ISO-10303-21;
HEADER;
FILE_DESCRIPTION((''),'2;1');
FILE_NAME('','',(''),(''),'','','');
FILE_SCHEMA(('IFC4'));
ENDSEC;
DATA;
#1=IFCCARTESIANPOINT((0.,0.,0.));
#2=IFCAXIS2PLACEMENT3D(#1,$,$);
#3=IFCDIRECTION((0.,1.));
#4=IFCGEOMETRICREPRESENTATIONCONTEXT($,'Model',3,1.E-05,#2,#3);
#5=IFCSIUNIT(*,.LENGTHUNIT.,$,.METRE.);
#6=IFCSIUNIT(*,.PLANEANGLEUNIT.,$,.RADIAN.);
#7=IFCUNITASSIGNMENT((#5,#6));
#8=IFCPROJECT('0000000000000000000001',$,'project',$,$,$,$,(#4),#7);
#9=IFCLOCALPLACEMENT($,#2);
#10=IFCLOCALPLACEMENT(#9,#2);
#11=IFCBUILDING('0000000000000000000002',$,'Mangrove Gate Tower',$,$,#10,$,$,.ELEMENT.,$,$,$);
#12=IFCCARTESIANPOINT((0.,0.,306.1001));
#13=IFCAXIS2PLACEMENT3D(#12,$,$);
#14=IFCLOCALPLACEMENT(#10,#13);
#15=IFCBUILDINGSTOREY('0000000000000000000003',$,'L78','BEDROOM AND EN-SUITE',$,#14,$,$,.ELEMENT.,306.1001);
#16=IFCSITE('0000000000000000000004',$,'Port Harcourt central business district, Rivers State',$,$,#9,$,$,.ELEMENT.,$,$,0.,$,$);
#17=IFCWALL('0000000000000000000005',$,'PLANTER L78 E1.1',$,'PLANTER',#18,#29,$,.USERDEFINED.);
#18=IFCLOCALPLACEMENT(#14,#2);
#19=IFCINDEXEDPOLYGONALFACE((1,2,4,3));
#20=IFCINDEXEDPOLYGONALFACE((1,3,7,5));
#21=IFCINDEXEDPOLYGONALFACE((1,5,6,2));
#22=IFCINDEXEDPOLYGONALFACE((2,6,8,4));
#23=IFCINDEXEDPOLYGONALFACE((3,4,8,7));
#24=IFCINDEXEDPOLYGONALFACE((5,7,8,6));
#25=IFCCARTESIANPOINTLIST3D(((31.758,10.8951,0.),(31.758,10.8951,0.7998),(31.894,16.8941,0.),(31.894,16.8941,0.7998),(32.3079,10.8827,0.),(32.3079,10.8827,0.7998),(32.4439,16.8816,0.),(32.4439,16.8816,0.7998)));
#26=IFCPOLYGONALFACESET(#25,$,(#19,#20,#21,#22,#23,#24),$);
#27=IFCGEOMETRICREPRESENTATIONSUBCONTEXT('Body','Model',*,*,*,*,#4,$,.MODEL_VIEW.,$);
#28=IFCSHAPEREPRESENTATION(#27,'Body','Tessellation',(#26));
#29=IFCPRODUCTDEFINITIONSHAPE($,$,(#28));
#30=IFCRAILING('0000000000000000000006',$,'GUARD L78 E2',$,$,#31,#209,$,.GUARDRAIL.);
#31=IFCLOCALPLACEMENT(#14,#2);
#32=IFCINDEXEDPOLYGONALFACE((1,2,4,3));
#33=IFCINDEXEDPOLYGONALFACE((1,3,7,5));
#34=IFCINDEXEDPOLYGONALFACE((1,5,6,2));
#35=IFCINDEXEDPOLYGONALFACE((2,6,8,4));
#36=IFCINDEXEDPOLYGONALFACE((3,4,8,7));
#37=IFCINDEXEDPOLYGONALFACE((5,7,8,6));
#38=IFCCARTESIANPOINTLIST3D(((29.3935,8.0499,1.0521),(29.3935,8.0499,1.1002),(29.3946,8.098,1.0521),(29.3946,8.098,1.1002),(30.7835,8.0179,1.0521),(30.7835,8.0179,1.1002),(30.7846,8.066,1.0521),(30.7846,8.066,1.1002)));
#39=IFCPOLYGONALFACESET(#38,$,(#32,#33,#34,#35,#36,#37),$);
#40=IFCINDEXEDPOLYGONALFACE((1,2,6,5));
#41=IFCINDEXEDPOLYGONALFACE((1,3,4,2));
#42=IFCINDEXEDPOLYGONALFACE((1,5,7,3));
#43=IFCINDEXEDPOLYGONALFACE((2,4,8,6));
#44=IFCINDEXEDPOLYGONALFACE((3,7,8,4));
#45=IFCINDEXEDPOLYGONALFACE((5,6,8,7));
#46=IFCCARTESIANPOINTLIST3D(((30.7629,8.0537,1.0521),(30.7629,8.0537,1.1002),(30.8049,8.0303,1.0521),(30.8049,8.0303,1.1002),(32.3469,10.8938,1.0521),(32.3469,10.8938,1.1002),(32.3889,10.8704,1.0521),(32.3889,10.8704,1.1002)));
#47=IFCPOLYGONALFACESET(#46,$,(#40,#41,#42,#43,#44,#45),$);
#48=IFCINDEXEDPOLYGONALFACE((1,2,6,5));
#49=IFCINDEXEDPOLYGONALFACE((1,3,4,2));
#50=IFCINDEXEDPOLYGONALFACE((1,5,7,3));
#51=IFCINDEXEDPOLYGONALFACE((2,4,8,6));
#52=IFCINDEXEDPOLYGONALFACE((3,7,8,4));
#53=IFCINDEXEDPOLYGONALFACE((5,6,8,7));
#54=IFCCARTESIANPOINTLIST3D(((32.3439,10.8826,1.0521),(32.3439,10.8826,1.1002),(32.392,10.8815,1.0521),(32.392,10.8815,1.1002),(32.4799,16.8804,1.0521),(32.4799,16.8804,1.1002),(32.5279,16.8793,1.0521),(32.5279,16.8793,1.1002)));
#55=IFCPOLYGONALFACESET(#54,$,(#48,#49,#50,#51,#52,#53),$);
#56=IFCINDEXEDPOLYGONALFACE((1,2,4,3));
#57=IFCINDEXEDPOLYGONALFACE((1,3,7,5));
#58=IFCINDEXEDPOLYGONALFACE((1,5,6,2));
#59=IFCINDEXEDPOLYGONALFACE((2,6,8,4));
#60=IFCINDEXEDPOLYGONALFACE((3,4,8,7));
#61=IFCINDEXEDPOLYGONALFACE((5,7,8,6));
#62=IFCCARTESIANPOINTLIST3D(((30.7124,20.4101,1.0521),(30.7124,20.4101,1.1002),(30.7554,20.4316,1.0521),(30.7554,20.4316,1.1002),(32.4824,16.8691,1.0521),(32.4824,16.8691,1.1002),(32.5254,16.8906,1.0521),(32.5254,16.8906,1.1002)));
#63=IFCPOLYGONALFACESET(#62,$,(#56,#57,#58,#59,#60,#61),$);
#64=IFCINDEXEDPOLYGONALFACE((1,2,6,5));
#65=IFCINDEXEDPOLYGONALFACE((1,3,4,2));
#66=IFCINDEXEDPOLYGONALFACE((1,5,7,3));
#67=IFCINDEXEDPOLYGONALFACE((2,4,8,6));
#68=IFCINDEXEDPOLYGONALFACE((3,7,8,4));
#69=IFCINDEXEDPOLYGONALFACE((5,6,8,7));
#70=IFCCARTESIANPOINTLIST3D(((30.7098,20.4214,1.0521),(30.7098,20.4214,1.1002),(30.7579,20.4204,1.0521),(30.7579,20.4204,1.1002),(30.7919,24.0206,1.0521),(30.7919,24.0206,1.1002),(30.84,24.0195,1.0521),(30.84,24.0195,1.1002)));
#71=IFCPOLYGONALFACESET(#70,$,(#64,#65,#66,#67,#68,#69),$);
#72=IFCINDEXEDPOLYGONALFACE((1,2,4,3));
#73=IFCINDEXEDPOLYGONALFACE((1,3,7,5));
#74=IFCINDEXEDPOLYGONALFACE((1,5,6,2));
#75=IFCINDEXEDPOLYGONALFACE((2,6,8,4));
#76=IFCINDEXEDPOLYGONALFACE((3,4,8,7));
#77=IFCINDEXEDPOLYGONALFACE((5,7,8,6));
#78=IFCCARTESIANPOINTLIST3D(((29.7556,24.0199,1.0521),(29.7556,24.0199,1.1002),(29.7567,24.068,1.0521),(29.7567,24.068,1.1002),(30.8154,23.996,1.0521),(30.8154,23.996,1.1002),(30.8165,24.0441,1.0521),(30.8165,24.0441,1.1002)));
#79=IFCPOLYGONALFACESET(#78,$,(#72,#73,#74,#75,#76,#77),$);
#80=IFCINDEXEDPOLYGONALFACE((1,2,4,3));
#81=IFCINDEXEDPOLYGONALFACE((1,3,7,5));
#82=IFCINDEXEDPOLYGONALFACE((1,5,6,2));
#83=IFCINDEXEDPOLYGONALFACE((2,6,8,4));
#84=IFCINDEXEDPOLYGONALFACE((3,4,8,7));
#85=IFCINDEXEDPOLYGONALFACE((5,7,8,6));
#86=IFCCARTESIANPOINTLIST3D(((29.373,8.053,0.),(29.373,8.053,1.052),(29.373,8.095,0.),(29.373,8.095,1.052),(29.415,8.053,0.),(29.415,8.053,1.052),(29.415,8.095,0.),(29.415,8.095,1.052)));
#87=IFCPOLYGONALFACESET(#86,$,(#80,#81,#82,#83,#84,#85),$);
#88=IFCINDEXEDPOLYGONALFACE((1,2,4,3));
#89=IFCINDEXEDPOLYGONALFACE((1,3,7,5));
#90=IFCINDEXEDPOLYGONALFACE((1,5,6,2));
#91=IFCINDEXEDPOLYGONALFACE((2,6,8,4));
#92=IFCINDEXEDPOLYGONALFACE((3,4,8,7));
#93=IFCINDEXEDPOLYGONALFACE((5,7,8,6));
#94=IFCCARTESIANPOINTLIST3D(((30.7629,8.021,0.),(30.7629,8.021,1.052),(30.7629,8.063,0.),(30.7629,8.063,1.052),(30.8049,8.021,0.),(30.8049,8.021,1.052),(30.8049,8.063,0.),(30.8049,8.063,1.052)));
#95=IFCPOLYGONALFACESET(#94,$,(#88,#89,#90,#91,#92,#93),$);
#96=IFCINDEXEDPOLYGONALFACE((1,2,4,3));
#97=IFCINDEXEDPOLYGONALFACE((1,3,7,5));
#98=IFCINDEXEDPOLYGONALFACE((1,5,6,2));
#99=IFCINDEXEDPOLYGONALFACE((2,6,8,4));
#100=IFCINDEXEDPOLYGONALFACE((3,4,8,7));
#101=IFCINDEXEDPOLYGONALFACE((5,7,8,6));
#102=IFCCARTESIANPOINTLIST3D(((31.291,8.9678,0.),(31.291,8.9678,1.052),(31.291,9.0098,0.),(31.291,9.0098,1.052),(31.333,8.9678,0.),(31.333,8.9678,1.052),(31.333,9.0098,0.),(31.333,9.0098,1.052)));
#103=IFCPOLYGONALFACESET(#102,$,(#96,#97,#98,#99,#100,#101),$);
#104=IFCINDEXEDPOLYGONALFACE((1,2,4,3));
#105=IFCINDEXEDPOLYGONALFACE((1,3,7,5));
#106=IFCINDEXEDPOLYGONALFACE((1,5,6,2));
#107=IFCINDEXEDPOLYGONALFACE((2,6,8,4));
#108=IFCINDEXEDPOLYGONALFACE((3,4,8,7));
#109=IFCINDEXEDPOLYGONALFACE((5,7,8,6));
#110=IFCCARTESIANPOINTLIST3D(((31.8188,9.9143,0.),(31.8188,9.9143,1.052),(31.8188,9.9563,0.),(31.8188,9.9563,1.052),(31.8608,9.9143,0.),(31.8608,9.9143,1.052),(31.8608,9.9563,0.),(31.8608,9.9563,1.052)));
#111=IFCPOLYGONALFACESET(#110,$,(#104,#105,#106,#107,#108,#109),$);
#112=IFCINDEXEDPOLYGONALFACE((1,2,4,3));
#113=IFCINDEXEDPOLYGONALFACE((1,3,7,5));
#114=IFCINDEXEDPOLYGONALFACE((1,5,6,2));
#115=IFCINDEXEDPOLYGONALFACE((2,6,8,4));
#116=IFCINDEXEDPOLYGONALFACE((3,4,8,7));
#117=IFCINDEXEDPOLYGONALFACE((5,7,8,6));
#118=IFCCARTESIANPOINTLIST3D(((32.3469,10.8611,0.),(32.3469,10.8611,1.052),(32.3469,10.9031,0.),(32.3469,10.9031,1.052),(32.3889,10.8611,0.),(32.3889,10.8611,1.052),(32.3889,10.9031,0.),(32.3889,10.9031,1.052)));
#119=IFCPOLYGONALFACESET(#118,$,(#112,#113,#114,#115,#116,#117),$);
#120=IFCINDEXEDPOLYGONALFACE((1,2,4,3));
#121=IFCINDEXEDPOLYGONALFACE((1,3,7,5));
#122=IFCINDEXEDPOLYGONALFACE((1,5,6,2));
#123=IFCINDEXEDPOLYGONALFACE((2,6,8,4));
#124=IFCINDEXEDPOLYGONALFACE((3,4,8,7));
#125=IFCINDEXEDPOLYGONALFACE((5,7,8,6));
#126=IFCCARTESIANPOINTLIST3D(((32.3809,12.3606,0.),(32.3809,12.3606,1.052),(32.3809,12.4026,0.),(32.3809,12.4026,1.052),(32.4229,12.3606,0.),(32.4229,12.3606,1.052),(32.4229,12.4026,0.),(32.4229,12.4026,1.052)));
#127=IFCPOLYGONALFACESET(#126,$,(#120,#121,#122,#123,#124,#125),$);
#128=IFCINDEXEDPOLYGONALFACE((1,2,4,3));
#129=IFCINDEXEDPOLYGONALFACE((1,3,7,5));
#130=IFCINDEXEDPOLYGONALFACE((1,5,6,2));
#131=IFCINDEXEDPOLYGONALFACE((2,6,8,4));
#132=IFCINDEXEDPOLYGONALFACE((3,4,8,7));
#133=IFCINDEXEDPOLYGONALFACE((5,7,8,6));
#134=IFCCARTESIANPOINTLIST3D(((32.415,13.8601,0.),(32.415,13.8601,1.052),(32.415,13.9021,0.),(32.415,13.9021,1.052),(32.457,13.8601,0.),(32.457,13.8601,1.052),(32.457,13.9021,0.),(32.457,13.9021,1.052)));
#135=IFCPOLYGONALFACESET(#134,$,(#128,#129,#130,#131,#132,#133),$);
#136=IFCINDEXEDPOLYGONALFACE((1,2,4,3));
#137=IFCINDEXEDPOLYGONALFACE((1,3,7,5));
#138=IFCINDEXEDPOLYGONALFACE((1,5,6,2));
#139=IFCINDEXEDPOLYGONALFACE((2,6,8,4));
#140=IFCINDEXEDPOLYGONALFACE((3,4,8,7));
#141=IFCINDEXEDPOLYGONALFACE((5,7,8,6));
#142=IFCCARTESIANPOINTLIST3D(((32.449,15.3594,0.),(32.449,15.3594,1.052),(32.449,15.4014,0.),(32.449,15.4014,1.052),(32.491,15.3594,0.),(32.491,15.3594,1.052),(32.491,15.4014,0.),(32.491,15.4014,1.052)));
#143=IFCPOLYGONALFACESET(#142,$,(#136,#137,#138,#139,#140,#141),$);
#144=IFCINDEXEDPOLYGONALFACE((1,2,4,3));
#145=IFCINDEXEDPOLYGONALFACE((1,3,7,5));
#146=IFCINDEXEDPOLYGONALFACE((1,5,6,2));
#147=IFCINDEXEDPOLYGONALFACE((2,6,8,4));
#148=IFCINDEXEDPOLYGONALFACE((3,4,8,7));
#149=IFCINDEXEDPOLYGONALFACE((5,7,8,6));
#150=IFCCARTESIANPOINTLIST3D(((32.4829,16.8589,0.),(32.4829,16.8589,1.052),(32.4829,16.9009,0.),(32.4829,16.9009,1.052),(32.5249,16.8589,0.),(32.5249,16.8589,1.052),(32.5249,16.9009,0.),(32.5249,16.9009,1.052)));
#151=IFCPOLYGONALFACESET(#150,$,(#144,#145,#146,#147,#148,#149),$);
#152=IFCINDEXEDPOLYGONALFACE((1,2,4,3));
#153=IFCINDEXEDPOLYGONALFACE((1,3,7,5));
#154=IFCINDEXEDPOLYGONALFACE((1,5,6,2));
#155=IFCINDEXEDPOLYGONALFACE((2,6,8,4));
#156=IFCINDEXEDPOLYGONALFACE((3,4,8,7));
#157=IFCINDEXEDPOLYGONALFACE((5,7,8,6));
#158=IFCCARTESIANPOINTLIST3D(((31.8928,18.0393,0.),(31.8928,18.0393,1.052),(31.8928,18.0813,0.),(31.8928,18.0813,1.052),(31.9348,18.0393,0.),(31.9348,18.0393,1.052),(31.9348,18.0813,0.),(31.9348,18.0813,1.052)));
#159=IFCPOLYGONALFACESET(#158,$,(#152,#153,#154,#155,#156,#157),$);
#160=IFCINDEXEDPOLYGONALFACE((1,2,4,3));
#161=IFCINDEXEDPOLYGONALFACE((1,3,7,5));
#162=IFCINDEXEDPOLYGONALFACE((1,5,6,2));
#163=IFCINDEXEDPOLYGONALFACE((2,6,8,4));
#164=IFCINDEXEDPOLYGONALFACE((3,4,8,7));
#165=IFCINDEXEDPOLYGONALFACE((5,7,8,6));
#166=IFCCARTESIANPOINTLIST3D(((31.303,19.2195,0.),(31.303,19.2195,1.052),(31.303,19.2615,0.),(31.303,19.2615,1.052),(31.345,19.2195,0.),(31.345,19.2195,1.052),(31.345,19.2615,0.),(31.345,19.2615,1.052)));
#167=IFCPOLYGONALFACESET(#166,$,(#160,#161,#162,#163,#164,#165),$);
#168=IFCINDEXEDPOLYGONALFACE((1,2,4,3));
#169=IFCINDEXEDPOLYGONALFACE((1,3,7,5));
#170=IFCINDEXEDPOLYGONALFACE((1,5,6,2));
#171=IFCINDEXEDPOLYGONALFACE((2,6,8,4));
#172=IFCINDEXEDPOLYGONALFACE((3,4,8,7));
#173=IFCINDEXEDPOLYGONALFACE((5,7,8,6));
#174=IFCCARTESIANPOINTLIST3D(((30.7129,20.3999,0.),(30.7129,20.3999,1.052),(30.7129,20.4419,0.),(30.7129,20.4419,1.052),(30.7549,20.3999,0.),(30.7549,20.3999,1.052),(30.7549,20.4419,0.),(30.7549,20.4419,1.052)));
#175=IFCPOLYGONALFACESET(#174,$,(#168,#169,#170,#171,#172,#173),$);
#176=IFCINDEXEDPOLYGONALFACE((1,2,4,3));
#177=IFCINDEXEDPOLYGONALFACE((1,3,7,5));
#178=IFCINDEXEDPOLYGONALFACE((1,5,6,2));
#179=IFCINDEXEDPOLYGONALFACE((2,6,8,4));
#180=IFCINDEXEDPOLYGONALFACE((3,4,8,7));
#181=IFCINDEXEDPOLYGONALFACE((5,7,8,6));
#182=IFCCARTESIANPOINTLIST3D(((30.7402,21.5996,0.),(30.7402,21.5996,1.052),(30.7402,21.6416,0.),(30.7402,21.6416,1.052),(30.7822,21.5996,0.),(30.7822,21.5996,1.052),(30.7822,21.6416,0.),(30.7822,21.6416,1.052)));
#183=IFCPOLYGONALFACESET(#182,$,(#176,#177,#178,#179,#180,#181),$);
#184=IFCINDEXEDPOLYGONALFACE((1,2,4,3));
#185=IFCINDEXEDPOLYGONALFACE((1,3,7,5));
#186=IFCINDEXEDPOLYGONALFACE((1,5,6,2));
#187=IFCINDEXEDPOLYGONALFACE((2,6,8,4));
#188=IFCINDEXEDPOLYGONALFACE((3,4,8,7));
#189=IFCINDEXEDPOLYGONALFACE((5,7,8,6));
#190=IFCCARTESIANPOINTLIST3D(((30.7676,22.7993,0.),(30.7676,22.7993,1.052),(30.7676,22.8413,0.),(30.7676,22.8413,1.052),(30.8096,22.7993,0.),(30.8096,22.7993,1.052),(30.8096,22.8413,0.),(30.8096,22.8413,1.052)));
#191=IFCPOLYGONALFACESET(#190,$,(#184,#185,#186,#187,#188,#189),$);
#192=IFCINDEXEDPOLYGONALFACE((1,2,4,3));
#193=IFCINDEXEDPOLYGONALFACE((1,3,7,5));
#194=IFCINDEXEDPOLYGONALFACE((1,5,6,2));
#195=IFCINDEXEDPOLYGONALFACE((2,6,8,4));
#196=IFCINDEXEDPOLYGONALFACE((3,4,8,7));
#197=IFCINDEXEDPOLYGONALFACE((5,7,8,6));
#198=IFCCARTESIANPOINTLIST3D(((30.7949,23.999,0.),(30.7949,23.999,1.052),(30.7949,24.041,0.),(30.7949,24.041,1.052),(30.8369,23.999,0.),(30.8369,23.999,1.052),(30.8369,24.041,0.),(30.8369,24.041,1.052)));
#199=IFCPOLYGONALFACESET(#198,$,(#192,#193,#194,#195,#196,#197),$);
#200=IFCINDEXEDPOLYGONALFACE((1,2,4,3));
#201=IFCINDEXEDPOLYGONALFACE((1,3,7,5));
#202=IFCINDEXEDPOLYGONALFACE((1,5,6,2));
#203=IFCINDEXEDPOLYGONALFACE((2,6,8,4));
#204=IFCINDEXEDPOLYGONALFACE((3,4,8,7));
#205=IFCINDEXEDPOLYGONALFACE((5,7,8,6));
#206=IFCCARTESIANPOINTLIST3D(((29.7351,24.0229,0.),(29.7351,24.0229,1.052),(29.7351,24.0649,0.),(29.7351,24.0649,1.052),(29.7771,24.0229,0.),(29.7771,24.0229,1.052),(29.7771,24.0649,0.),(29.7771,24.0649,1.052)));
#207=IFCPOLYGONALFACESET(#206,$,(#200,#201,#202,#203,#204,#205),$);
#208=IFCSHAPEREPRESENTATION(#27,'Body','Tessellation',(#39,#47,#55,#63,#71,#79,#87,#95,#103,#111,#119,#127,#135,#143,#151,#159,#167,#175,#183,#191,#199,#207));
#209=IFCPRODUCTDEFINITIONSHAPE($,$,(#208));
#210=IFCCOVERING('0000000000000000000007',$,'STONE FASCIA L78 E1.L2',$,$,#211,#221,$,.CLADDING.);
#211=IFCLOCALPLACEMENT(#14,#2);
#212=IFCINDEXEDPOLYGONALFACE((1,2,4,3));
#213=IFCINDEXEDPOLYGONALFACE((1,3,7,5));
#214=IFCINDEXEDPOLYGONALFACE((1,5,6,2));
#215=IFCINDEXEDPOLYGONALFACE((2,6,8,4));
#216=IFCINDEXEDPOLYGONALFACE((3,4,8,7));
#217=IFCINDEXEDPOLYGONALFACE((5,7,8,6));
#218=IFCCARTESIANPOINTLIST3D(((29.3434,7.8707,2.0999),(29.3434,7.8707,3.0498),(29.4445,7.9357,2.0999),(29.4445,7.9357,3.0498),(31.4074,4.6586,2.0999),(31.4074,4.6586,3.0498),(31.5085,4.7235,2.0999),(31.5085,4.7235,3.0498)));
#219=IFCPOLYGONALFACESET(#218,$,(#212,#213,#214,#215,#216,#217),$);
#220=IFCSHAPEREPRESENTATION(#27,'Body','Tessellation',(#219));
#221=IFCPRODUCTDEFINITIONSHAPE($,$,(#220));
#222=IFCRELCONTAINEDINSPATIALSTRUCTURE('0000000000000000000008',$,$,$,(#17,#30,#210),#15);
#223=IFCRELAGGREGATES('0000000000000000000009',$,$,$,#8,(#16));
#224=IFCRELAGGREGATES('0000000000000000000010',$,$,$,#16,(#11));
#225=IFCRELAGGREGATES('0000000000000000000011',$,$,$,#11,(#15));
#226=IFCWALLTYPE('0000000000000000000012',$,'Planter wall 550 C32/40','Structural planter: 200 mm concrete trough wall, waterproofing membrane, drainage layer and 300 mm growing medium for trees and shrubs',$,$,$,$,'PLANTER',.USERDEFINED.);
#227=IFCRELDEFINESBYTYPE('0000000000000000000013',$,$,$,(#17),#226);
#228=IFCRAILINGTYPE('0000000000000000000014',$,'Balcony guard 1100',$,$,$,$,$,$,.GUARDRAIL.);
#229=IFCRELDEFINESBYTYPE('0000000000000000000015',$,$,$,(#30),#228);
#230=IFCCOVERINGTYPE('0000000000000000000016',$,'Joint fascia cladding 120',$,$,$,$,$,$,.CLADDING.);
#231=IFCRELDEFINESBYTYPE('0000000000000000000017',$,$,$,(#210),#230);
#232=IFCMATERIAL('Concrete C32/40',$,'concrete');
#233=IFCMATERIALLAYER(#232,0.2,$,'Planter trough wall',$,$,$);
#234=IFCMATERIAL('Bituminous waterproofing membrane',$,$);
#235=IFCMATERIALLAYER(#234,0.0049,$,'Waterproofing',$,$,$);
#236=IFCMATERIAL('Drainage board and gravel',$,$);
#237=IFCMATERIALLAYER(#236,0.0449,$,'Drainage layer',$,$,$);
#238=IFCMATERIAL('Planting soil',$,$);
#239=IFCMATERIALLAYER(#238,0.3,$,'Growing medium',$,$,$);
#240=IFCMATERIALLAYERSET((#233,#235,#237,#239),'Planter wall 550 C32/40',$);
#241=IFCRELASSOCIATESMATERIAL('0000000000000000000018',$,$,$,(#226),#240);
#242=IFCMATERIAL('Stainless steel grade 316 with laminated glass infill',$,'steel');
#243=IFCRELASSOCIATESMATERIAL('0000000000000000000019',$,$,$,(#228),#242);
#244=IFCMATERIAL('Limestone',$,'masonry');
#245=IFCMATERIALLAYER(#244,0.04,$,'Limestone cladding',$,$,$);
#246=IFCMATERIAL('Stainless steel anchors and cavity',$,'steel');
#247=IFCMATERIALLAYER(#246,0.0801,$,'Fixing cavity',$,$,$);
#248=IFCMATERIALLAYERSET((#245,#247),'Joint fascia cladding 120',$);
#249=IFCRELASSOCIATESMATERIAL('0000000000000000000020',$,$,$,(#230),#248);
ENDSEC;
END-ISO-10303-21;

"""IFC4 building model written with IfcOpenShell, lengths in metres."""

from ifc_helpers import new_model, si_unit, direction, frame, frame_2d, origin, origin_2d, place, context, subcontext, project, spatial, rectangle, extrude, material, layer, layer_set, type_object, element, save


model = new_model("IFC4")

# Units and contexts
model_context = context("Model", 3, precision=1e-05, world=origin(), true_north=direction((0.0, 1.0)))
body_context = subcontext(model_context, "Body", "Model", "MODEL_VIEW")
ifc_project = project(units=[si_unit("LENGTHUNIT", "METRE"), si_unit("PLANEANGLEUNIT", "RADIAN")], contexts=[model_context])

# Site, building, storey
site_placement = place(None, origin())
site = spatial("IfcSite", under=ifc_project, at=site_placement, Name="Port Harcourt central business district, Rivers State", CompositionType="ELEMENT", RefElevation=0.0)
building_placement = place(site_placement, origin())
building = spatial("IfcBuilding", under=site, at=building_placement, Name="Mangrove Gate Tower", CompositionType="ELEMENT")
storey_placement = place(building_placement, frame((0.0, 0.0, 306.1001)))
storey = spatial("IfcBuildingStorey", under=building, at=storey_placement, Name="L78", Description="BEDROOM AND EN-SUITE", CompositionType="ELEMENT", Elevation=306.1001)

# Shared definitions
ifc_material_1 = material(Name="Limestone", Category="masonry")

# Wall
ifc_material_2 = material(Name="Concrete C32/40", Category="concrete")
ifc_layer_1 = layer(ifc_material_2, 0.2, Name="Planter trough wall")
ifc_material_3 = material(Name="Bituminous waterproofing membrane")
ifc_layer_2 = layer(ifc_material_3, 0.0049, Name="Waterproofing")
ifc_material_4 = material(Name="Drainage board and gravel")
ifc_layer_3 = layer(ifc_material_4, 0.0449, Name="Drainage layer")
ifc_material_5 = material(Name="Planting soil")
ifc_layer_4 = layer(ifc_material_5, 0.3, Name="Growing medium")
ifc_layer_set_1 = layer_set([ifc_layer_1, ifc_layer_2, ifc_layer_3, ifc_layer_4], Name="Planter wall 550 C32/40")
wall_type_1 = type_object("IfcWallType", Name="Planter wall 550 C32/40", Description="Structural planter: 200 mm concrete trough wall, waterproofing membrane, drainage layer and 300 mm growing medium for trees and shrubs", ElementType="PLANTER", PredefinedType="USERDEFINED", material=ifc_layer_set_1)
wall_1_placement = place(storey_placement, frame((32.033, 10.8889, 0.0), z_axis=(0.0, 0.0, 1.0), x_axis=(0.022662, 0.999743, 0.0)))
element("IfcWall", 1, at=wall_1_placement, inside=storey, type_object=wall_type_1, Name="PLANTER L78 E1.1", ObjectType="PLANTER", PredefinedType="USERDEFINED", context=body_context, shape_type="SweptSolid", body=[
    extrude(rectangle(XDim=6.0005, YDim=0.55, at=frame_2d((3.0002, 0.0))), origin(), (0.0, 0.0, 1.0), 0.7998),
])

# Railing
ifc_material_6 = material(Name="Stainless steel grade 316 with laminated glass infill", Category="steel")
railing_type = type_object("IfcRailingType", Name="Balcony guard 1100", PredefinedType="GUARDRAIL", material=ifc_material_6)
railing_placement = place(storey_placement, frame((29.394, 8.074, 0.0)))
element("IfcRailing", 2, at=railing_placement, inside=storey, type_object=railing_type, Name="GUARD L78 E2", PredefinedType="GUARDRAIL", context=body_context, shape_type="SweptSolid", body=[
    extrude(rectangle(XDim=0.0481, YDim=0.0481, at=origin_2d()), frame((0.0, 0.0, 1.0762), z_axis=(0.999735, -0.023005, 0.0), x_axis=(0.023005, 0.999735, 0.0)), (0.0, 0.0, 1.0), 1.3904),
    extrude(rectangle(XDim=0.0481, YDim=0.0481, at=origin_2d()), frame((1.3899, -0.032, 1.0762), z_axis=(0.487089, 0.873352, 0.0), x_axis=(-0.873352, 0.487089, 0.0)), (0.0, 0.0, 1.0), 3.252),
    extrude(rectangle(XDim=0.0481, YDim=0.0481, at=origin_2d()), frame((2.9739, 2.8081, 1.0762), z_axis=(0.022667, 0.999743, 0.0), x_axis=(-0.999743, 0.022667, 0.0)), (0.0, 0.0, 1.0), 5.9993),
    extrude(rectangle(XDim=0.0481, YDim=0.0481, at=origin_2d()), frame((3.1099, 8.8059, 1.0762), z_axis=(-0.447115, 0.894477, 0.0), x_axis=(-0.894477, -0.447115, 0.0)), (0.0, 0.0, 1.0), 3.9587),
    extrude(rectangle(XDim=0.0481, YDim=0.0481, at=origin_2d()), frame((1.3398, 12.3469, 1.0762), z_axis=(0.022786, 0.99974, 0.0), x_axis=(-0.99974, 0.022786, 0.0)), (0.0, 0.0, 1.0), 3.6001),
    extrude(rectangle(XDim=0.0481, YDim=0.0481, at=origin_2d()), frame((1.4219, 15.946, 1.0762), z_axis=(-0.999745, 0.02257, 0.0), x_axis=(-0.02257, -0.999745, 0.0)), (0.0, 0.0, 1.0), 1.0601),
    extrude(rectangle(XDim=0.042, YDim=0.042, at=origin_2d()), origin(), (0.0, 0.0, 1.0), 1.052),
    extrude(rectangle(XDim=0.042, YDim=0.042, at=origin_2d()), frame((1.3899, -0.032, 0.0)), (0.0, 0.0, 1.0), 1.052),
    extrude(rectangle(XDim=0.042, YDim=0.042, at=origin_2d()), frame((1.918, 0.9148, 0.0)), (0.0, 0.0, 1.0), 1.052),
    extrude(rectangle(XDim=0.042, YDim=0.042, at=origin_2d()), frame((2.4458, 1.8613, 0.0)), (0.0, 0.0, 1.0), 1.052),
    extrude(rectangle(XDim=0.042, YDim=0.042, at=origin_2d()), frame((2.9739, 2.8081, 0.0)), (0.0, 0.0, 1.0), 1.052),
    extrude(rectangle(XDim=0.042, YDim=0.042, at=origin_2d()), frame((3.0078, 4.3076, 0.0)), (0.0, 0.0, 1.0), 1.052),
    extrude(rectangle(XDim=0.042, YDim=0.042, at=origin_2d()), frame((3.042, 5.8071, 0.0)), (0.0, 0.0, 1.0), 1.052),
    extrude(rectangle(XDim=0.042, YDim=0.042, at=origin_2d()), frame((3.0759, 7.3064, 0.0)), (0.0, 0.0, 1.0), 1.052),
    extrude(rectangle(XDim=0.042, YDim=0.042, at=origin_2d()), frame((3.1099, 8.8059, 0.0)), (0.0, 0.0, 1.0), 1.052),
    extrude(rectangle(XDim=0.042, YDim=0.042, at=origin_2d()), frame((2.5198, 9.9863, 0.0)), (0.0, 0.0, 1.0), 1.052),
    extrude(rectangle(XDim=0.042, YDim=0.042, at=origin_2d()), frame((1.9299, 11.1665, 0.0)), (0.0, 0.0, 1.0), 1.052),
    extrude(rectangle(XDim=0.042, YDim=0.042, at=origin_2d()), frame((1.3398, 12.3469, 0.0)), (0.0, 0.0, 1.0), 1.052),
    extrude(rectangle(XDim=0.042, YDim=0.042, at=origin_2d()), frame((1.3672, 13.5466, 0.0)), (0.0, 0.0, 1.0), 1.052),
    extrude(rectangle(XDim=0.042, YDim=0.042, at=origin_2d()), frame((1.3945, 14.7463, 0.0)), (0.0, 0.0, 1.0), 1.052),
    extrude(rectangle(XDim=0.042, YDim=0.042, at=origin_2d()), frame((1.4219, 15.946, 0.0)), (0.0, 0.0, 1.0), 1.052),
    extrude(rectangle(XDim=0.042, YDim=0.042, at=origin_2d()), frame((0.3621, 15.97, 0.0)), (0.0, 0.0, 1.0), 1.052),
])

# Covering
ifc_layer_5 = layer(ifc_material_1, 0.04, Name="Limestone cladding")
ifc_material_7 = material(Name="Stainless steel anchors and cavity", Category="steel")
ifc_layer_6 = layer(ifc_material_7, 0.0801, Name="Fixing cavity")
ifc_layer_set_2 = layer_set([ifc_layer_5, ifc_layer_6], Name="Joint fascia cladding 120")
covering_type = type_object("IfcCoveringType", Name="Joint fascia cladding 120", PredefinedType="CLADDING", material=ifc_layer_set_2)
covering_placement = place(storey_placement, frame((31.458, 4.6909, 2.0999), z_axis=(0.0, 0.0, 1.0), x_axis=(-0.540573, 0.841297, 0.0)))
element("IfcCovering", 3, at=covering_placement, inside=storey, type_object=covering_type, Name="STONE FASCIA L78 E1.L2", PredefinedType="CLADDING", context=body_context, shape_type="SweptSolid", body=[
    extrude(rectangle(XDim=3.8181, YDim=0.1201, at=frame_2d((1.9092, 0.0))), origin(), (0.0, 0.0, 1.0), 0.95),
])

save(model, "model.ifc")
